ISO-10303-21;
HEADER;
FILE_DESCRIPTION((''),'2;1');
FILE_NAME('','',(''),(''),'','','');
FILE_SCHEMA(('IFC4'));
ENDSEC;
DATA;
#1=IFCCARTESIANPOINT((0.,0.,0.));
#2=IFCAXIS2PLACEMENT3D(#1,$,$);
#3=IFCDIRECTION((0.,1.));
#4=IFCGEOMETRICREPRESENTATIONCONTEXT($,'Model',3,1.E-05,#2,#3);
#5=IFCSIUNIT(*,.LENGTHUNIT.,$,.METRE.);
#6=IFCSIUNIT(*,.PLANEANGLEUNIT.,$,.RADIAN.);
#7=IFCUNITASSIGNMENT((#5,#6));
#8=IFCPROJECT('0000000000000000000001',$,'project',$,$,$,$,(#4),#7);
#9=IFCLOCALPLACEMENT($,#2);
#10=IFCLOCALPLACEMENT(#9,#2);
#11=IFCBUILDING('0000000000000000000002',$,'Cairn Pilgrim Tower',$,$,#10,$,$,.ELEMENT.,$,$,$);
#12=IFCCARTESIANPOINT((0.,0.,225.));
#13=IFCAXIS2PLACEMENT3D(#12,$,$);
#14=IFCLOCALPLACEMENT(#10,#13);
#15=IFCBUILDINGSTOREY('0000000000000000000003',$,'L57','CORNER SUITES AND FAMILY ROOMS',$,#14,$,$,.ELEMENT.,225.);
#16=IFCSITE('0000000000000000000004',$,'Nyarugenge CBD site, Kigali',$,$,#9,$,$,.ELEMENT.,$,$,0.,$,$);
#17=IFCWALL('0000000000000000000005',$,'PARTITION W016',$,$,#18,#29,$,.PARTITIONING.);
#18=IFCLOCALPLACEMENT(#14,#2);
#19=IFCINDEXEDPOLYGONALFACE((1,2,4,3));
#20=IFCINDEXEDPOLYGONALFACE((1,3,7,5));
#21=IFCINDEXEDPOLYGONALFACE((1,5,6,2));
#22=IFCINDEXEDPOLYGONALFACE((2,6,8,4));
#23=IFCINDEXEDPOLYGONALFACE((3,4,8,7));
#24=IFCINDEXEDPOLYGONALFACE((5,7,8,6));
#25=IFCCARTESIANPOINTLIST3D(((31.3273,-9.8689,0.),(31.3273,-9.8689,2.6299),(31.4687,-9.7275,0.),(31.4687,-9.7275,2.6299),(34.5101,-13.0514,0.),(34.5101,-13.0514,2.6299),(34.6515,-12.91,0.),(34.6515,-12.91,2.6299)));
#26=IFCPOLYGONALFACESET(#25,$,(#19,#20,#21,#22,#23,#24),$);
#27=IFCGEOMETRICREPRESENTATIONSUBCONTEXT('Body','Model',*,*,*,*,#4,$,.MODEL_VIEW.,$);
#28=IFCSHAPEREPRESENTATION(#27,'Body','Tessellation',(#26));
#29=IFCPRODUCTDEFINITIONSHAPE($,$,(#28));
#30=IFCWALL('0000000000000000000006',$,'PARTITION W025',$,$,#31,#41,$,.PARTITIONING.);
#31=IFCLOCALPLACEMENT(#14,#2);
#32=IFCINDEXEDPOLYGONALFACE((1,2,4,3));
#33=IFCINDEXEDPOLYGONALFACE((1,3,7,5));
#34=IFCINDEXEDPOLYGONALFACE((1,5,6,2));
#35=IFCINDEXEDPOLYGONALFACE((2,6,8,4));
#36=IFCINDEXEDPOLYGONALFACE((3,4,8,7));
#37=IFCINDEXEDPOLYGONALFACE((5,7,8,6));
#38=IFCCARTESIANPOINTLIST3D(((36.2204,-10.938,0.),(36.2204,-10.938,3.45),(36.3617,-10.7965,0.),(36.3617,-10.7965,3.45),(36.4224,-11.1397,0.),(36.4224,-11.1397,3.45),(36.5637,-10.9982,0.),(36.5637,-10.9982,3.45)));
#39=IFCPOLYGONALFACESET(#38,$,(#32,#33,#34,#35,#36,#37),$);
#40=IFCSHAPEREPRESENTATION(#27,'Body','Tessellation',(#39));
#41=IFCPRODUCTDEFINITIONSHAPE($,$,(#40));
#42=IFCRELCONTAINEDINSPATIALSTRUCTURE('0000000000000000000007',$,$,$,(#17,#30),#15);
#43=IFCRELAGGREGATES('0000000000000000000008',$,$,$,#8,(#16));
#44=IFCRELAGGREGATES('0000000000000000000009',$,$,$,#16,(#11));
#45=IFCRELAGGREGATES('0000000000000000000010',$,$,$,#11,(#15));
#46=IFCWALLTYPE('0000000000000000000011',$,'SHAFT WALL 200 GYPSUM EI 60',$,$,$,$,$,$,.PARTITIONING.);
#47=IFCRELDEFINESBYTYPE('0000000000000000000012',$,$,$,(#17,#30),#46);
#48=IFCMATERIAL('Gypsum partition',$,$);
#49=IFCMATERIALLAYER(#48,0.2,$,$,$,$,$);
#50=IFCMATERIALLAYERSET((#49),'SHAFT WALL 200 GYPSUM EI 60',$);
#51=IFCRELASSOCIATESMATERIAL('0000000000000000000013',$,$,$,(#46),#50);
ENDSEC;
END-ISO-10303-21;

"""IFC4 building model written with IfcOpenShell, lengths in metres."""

from ifc_helpers import new_model, si_unit, direction, frame, frame_2d, origin, place, context, subcontext, project, spatial, rectangle, extrude, material, layer, layer_set, type_object, element, save


model = new_model("IFC4")

# Units and contexts
model_context = context("Model", 3, precision=1e-05, world=origin(), true_north=direction((0.0, 1.0)))
body_context = subcontext(model_context, "Body", "Model", "MODEL_VIEW")
ifc_project = project(units=[si_unit("LENGTHUNIT", "METRE"), si_unit("PLANEANGLEUNIT", "RADIAN")], contexts=[model_context])

# Site, building, storey
site_placement = place(None, origin())
site = spatial("IfcSite", under=ifc_project, at=site_placement, Name="Nyarugenge CBD site, Kigali", CompositionType="ELEMENT", RefElevation=0.0)
building_placement = place(site_placement, origin())
building = spatial("IfcBuilding", under=site, at=building_placement, Name="Cairn Pilgrim Tower", CompositionType="ELEMENT")
storey_placement = place(building_placement, frame((0.0, 0.0, 225.0)))
storey = spatial("IfcBuildingStorey", under=building, at=storey_placement, Name="L57", Description="CORNER SUITES AND FAMILY ROOMS", CompositionType="ELEMENT", Elevation=225.0)

# Walls
ifc_material_1 = material(Name="Gypsum partition")
ifc_layer_1 = layer(ifc_material_1, 0.2)
ifc_layer_set_1 = layer_set([ifc_layer_1], Name="SHAFT WALL 200 GYPSUM EI 60")
wall_type_1 = type_object("IfcWallType", Name="SHAFT WALL 200 GYPSUM EI 60", PredefinedType="PARTITIONING", material=ifc_layer_set_1)
wall_1_placement = place(storey_placement, frame((34.5808, -12.9807, 0.0), z_axis=(0.0, 0.0, 1.0), x_axis=(-0.707134, 0.70708, 0.0)))
element("IfcWall", 1, at=wall_1_placement, inside=storey, type_object=wall_type_1, Name="PARTITION W016", PredefinedType="PARTITIONING", context=body_context, shape_type="SweptSolid", body=[
    extrude(rectangle(XDim=4.501, YDim=0.2, at=frame_2d((2.2505, 0.0))), origin(), (0.0, 0.0, 1.0), 2.6299),
])
wall_2_placement = place(storey_placement, frame((36.4929, -11.0688, 0.0), z_axis=(0.0, 0.0, 1.0), x_axis=(-0.707534, 0.706679, 0.0)))
element("IfcWall", 2, at=wall_2_placement, inside=storey, type_object=wall_type_1, Name="PARTITION W025", PredefinedType="PARTITIONING", context=body_context, shape_type="SweptSolid", body=[
    extrude(rectangle(XDim=0.2854, YDim=0.2, at=frame_2d((0.1426, 0.0))), origin(), (0.0, 0.0, 1.0), 3.45),
])

save(model, "model.ifc")
